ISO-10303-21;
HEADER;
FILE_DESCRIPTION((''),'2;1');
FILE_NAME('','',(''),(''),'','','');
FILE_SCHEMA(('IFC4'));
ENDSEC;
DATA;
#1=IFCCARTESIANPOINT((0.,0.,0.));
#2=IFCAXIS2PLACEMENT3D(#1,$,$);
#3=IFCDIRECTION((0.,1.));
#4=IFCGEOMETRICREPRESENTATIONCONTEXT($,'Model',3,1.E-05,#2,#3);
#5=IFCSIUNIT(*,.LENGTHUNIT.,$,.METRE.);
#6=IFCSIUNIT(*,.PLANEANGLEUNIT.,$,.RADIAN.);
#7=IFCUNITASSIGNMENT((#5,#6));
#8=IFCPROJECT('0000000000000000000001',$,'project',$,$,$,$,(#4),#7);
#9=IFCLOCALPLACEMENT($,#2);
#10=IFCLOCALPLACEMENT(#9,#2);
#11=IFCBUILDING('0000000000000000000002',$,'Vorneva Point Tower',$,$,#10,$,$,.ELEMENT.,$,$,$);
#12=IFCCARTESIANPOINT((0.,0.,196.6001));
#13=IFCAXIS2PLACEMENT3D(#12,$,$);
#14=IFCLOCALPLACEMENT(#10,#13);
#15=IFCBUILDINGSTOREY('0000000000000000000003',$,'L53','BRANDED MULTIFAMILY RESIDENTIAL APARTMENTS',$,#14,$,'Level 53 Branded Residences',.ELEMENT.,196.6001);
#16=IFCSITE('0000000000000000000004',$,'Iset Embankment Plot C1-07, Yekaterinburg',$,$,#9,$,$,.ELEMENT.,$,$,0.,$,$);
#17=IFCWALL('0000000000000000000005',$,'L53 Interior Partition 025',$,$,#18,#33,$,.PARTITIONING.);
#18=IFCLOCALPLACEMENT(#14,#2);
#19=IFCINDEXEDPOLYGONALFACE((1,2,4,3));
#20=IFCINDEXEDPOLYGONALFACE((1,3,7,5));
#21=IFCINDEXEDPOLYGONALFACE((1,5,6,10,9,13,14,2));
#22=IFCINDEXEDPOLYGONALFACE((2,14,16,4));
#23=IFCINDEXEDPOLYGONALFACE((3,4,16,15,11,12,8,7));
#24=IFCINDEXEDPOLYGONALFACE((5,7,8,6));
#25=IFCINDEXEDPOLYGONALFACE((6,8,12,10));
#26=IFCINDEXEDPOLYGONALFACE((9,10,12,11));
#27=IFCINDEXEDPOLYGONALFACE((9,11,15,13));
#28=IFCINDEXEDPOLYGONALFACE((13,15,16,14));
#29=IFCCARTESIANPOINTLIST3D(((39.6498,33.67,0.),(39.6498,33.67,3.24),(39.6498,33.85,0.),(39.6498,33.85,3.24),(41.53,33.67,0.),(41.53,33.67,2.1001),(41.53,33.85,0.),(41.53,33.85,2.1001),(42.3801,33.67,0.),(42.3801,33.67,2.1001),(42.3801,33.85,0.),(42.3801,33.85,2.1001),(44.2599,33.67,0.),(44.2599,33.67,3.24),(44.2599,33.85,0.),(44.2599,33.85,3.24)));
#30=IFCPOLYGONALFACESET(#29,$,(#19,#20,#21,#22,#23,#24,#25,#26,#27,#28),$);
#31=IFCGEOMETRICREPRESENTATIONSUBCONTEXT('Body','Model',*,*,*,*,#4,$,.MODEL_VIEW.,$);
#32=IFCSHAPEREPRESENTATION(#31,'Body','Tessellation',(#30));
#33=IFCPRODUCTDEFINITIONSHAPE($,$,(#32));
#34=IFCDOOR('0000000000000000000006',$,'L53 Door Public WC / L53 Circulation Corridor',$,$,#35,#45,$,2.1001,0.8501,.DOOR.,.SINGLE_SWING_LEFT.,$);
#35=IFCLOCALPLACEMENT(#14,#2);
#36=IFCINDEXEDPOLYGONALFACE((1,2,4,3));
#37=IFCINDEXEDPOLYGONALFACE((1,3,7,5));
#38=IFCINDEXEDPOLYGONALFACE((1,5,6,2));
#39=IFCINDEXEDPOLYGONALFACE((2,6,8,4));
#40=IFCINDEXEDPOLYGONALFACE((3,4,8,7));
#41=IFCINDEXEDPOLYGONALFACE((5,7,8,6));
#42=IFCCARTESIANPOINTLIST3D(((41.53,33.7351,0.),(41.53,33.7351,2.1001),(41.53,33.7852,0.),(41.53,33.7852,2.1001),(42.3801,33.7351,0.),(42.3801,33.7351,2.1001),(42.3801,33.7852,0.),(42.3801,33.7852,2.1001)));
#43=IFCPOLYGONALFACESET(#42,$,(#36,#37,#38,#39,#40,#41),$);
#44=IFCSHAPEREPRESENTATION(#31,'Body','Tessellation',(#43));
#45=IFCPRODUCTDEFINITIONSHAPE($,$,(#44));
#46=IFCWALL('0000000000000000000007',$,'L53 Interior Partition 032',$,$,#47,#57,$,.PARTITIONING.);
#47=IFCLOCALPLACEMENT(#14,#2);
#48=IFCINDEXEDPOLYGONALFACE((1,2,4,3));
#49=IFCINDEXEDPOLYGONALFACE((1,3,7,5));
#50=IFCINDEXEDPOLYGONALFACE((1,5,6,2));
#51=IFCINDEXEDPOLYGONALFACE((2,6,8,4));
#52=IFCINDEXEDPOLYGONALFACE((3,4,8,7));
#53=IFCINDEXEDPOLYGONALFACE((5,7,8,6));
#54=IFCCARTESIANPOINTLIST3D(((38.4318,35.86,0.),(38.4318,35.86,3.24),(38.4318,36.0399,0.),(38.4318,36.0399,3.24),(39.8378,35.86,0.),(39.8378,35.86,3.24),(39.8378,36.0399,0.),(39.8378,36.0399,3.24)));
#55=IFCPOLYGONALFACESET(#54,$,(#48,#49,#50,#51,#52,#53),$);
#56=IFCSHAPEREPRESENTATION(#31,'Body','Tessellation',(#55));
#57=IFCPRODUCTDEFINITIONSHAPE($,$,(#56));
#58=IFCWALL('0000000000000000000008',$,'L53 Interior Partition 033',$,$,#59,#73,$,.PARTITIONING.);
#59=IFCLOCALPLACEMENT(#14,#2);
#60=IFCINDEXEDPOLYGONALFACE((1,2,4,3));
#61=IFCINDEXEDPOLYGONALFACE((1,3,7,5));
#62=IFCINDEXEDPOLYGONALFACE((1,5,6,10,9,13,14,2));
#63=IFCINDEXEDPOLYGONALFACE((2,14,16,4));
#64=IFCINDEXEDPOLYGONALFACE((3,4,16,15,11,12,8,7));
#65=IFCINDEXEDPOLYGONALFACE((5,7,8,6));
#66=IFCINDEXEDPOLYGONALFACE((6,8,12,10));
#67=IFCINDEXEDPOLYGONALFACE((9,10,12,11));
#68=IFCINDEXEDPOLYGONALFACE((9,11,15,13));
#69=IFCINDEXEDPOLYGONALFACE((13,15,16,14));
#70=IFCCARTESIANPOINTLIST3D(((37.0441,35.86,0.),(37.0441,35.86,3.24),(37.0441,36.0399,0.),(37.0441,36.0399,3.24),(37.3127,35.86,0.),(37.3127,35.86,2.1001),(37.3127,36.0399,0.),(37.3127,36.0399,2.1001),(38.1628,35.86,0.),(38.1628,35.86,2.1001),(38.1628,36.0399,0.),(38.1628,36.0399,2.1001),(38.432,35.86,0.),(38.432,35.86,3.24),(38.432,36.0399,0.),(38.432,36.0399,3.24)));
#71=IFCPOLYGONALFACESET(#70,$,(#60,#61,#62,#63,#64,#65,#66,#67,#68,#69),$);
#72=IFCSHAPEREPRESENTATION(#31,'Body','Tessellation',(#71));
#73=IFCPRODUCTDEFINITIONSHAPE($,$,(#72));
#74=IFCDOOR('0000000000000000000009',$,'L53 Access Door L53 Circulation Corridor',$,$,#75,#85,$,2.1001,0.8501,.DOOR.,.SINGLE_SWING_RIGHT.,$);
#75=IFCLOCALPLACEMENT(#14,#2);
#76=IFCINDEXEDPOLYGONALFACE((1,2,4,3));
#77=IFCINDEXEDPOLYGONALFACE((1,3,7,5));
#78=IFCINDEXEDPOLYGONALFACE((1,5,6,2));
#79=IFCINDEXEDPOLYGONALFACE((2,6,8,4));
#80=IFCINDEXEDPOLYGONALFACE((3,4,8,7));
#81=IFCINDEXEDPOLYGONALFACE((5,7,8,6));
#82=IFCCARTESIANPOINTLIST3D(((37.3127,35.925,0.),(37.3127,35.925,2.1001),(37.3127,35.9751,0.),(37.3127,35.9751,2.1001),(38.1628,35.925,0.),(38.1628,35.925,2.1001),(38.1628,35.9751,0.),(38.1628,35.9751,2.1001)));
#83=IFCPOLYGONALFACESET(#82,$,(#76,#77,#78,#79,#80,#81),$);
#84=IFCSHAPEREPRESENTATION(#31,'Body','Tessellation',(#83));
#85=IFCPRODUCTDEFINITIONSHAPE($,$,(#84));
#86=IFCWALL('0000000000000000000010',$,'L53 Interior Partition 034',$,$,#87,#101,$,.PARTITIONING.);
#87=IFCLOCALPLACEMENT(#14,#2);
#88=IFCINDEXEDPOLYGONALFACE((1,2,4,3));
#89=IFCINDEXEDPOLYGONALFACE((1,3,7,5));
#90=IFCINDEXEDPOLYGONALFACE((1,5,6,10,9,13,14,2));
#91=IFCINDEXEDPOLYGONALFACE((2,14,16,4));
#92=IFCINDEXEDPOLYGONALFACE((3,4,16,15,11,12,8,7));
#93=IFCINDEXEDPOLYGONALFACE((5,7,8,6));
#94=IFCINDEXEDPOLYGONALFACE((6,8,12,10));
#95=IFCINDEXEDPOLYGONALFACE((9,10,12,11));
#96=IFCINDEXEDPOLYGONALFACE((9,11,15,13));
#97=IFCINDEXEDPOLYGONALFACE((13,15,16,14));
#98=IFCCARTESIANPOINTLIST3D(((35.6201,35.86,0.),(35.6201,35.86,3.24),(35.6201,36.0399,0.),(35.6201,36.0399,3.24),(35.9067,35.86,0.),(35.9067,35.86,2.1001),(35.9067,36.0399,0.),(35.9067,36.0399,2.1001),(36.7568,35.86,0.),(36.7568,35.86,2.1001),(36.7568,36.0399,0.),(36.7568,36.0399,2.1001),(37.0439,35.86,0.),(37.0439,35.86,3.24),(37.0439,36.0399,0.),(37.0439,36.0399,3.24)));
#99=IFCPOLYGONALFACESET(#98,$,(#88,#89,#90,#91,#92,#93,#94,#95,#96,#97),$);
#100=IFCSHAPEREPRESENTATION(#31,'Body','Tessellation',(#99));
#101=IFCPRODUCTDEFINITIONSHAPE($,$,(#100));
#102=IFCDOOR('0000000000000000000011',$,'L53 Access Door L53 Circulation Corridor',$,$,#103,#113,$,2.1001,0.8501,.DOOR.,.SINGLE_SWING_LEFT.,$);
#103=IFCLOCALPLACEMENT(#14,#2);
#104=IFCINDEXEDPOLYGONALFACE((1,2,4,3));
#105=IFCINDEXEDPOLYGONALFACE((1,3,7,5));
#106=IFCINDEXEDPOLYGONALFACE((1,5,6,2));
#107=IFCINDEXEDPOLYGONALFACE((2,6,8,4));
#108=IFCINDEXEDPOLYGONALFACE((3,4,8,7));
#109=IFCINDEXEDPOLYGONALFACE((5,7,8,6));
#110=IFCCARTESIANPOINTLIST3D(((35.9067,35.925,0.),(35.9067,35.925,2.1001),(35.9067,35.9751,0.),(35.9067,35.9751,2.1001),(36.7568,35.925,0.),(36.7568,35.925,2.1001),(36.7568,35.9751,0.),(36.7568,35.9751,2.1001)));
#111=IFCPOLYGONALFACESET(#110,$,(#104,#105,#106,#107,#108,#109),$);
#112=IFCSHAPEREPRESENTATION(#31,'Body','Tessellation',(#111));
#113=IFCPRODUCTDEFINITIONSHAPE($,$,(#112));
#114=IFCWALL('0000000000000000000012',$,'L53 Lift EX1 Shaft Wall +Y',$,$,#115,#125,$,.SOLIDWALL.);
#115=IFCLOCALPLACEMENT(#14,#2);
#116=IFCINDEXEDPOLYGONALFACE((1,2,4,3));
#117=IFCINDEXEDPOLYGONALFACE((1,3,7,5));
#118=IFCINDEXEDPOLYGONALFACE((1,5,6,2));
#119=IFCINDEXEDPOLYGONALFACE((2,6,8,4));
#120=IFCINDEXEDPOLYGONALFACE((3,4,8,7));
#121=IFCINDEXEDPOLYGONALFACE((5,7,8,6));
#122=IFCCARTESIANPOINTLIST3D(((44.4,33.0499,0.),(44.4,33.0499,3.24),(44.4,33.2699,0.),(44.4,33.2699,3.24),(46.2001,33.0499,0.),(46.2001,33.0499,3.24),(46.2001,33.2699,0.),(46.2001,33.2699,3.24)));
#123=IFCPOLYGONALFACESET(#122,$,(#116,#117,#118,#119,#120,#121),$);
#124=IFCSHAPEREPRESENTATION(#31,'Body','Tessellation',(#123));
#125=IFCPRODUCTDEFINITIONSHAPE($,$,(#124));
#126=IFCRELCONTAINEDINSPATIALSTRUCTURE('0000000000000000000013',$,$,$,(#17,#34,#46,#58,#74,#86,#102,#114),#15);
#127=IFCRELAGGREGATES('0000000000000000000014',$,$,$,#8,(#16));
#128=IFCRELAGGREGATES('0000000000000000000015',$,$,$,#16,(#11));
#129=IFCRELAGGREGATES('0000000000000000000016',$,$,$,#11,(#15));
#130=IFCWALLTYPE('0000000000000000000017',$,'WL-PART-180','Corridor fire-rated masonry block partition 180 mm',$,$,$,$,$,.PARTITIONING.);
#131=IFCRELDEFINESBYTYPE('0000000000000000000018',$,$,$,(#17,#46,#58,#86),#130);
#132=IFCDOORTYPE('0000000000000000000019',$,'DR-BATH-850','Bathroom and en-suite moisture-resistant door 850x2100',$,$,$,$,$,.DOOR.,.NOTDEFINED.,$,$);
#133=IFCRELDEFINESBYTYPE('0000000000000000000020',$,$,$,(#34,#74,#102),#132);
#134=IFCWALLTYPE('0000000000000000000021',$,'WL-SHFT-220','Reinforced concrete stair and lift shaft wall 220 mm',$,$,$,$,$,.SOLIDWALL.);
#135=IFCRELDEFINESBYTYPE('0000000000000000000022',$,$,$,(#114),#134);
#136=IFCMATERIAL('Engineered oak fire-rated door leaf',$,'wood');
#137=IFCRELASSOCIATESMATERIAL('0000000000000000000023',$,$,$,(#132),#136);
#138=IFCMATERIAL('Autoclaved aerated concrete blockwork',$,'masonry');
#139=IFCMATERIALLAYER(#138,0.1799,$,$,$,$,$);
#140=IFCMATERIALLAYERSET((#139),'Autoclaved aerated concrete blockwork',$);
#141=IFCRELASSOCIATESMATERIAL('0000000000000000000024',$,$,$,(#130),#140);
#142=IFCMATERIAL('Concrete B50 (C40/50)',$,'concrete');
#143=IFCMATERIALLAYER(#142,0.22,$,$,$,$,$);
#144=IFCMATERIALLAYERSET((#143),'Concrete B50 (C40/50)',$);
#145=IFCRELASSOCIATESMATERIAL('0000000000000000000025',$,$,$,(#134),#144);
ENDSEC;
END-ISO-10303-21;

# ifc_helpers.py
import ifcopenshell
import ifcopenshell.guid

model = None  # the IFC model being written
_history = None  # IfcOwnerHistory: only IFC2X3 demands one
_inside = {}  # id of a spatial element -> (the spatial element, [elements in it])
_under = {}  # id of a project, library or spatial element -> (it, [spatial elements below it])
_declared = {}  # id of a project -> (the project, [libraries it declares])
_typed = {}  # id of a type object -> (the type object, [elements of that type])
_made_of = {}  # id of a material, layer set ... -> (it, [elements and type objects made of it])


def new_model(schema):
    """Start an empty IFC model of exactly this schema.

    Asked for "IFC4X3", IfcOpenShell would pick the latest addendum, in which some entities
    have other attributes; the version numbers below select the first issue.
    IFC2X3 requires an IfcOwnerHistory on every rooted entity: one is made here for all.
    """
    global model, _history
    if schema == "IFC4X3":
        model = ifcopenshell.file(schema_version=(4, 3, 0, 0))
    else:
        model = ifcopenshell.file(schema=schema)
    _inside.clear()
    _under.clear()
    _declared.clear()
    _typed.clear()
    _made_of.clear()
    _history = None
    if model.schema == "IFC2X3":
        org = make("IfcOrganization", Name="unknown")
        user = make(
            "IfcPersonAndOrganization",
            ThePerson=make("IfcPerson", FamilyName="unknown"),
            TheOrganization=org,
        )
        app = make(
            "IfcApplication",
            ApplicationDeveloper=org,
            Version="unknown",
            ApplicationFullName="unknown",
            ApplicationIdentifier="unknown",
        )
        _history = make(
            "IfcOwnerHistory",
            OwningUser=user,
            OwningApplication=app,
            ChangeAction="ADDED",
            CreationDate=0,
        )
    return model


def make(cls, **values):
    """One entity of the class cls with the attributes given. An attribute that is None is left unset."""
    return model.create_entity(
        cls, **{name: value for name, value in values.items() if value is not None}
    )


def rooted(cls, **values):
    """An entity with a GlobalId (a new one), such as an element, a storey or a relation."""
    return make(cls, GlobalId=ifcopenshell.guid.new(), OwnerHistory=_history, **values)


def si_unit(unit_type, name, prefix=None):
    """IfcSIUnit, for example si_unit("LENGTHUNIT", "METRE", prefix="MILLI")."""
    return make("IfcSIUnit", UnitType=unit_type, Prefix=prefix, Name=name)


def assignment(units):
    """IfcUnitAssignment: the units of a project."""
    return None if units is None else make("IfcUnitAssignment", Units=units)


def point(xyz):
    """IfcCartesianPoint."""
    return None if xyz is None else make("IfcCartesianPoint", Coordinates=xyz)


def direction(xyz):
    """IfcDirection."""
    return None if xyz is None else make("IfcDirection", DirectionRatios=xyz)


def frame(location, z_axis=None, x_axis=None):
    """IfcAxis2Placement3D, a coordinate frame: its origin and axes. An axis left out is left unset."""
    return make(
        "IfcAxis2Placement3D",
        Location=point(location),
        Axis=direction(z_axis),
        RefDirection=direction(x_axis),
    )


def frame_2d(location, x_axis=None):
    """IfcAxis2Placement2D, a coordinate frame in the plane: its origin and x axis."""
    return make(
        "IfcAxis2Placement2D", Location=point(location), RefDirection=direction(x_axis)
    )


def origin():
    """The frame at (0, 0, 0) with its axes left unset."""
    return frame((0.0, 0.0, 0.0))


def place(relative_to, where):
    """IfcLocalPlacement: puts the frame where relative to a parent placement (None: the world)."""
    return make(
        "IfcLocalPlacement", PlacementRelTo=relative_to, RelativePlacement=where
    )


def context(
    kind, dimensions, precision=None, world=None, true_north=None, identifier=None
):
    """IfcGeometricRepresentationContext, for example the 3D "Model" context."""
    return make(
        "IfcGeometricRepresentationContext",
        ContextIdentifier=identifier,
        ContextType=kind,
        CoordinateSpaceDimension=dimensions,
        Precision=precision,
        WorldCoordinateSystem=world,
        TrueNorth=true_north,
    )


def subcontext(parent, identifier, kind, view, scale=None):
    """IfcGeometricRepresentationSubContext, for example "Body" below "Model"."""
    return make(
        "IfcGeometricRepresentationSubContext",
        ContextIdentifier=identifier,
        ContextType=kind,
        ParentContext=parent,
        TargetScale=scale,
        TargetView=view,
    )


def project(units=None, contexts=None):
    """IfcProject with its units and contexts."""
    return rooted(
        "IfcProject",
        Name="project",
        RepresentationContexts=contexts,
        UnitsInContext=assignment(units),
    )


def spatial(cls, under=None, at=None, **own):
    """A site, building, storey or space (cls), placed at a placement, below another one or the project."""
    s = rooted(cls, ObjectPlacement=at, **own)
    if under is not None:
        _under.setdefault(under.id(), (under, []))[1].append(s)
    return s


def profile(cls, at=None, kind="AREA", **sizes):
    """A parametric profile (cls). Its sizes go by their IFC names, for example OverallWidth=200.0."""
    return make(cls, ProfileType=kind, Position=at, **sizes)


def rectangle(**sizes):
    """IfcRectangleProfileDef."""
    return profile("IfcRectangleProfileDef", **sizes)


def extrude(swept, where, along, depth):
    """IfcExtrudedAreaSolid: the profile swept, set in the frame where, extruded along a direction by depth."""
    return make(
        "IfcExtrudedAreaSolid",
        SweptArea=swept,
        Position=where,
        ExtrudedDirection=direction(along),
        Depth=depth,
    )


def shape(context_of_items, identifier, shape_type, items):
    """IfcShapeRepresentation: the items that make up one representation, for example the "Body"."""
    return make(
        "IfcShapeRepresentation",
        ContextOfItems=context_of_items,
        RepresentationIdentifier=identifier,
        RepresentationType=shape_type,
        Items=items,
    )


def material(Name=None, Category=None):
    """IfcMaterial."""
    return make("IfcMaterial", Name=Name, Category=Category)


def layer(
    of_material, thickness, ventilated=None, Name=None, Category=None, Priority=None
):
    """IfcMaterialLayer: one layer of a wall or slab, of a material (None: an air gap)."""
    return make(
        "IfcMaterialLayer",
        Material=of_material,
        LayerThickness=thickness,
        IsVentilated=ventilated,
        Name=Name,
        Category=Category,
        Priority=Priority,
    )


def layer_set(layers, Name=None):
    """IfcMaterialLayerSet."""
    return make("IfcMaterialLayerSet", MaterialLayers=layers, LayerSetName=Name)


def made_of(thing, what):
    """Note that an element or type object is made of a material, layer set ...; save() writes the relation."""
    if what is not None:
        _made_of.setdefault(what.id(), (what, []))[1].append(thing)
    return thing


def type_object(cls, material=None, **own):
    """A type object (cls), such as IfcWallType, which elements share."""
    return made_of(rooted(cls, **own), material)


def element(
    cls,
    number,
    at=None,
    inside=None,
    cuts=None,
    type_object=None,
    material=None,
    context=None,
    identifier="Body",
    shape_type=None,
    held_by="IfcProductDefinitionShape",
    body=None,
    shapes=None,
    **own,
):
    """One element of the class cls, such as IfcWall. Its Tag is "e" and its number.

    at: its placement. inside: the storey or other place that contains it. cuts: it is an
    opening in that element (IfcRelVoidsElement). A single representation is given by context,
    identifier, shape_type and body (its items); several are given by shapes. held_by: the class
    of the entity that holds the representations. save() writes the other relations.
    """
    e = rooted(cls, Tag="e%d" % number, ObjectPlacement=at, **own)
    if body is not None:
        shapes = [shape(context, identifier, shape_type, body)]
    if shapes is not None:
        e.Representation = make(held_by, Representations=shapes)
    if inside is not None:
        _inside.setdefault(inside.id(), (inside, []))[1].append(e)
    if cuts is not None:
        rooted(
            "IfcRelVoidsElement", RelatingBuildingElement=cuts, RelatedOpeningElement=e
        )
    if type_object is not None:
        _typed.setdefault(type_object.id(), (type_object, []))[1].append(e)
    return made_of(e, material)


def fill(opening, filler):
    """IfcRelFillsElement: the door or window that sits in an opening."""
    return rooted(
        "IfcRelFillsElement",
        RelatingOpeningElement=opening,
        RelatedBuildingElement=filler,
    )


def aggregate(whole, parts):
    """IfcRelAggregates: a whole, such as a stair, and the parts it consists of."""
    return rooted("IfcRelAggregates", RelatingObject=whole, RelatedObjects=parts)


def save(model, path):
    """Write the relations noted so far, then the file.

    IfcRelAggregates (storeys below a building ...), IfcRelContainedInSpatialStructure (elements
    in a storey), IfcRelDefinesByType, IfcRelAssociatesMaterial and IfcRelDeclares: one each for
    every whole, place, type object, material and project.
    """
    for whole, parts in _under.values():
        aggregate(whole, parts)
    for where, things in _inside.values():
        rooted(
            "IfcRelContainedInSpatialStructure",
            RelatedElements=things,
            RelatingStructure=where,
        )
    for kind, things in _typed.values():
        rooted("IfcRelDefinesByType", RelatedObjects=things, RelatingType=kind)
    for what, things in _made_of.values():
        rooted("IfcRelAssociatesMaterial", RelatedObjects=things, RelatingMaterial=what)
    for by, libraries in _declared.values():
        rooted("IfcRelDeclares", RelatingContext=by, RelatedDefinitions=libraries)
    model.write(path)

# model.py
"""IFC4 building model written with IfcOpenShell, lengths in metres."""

from ifc_helpers import new_model, si_unit, direction, frame, frame_2d, origin, place, context, subcontext, project, spatial, rectangle, extrude, material, layer, layer_set, type_object, element, fill, save


model = new_model("IFC4")

# Units and contexts
model_context = context("Model", 3, precision=1e-05, world=origin(), true_north=direction((0.0, 1.0)))
body_context = subcontext(model_context, "Body", "Model", "MODEL_VIEW")
ifc_project = project(units=[si_unit("LENGTHUNIT", "METRE"), si_unit("PLANEANGLEUNIT", "RADIAN")], contexts=[model_context])

# Site, building, storey
site_placement = place(None, origin())
site = spatial("IfcSite", under=ifc_project, at=site_placement, Name="Iset Embankment Plot C1-07, Yekaterinburg", CompositionType="ELEMENT", RefElevation=0.0)
building_placement = place(site_placement, origin())
building = spatial("IfcBuilding", under=site, at=building_placement, Name="Vorneva Point Tower", CompositionType="ELEMENT")
storey_placement = place(building_placement, frame((0.0, 0.0, 196.6001)))
storey = spatial("IfcBuildingStorey", under=building, at=storey_placement, Name="L53", Description="BRANDED MULTIFAMILY RESIDENTIAL APARTMENTS", LongName="Level 53 Branded Residences", CompositionType="ELEMENT", Elevation=196.6001)

# Shared definitions
ifc_material_1 = material(Name="Concrete B50 (C40/50)", Category="concrete")

# Shared definitions
ifc_material_2 = material(Name="Engineered oak fire-rated door leaf", Category="wood")
door_type_1 = type_object("IfcDoorType", Name="DR-BATH-850", Description="Bathroom and en-suite moisture-resistant door 850x2100", OperationType="NOTDEFINED", PredefinedType="DOOR", material=ifc_material_2)

# Wall, opening, door
ifc_material_3 = material(Name="Autoclaved aerated concrete blockwork", Category="masonry")
ifc_layer_1 = layer(ifc_material_3, 0.1799)
ifc_layer_set_1 = layer_set([ifc_layer_1], Name="Autoclaved aerated concrete blockwork")
wall_type_1 = type_object("IfcWallType", Name="WL-PART-180", Description="Corridor fire-rated masonry block partition 180 mm", PredefinedType="PARTITIONING", material=ifc_layer_set_1)
wall_1_placement = place(storey_placement, frame((44.26, 33.76, 0.0), z_axis=(0.0, 0.0, 1.0), x_axis=(-1.0, 0.0, 0.0)))
wall_1 = element("IfcWall", 1, at=wall_1_placement, inside=storey, type_object=wall_type_1, Name="L53 Interior Partition 025", PredefinedType="PARTITIONING", context=body_context, shape_type="SweptSolid", body=[
    extrude(rectangle(XDim=4.6101, YDim=0.1799, at=frame_2d((2.3052, 0.0))), origin(), (0.0, 0.0, 1.0), 3.24),
])
opening_1_placement = place(wall_1_placement, frame((1.8799, 0.0, 0.0)))
opening_1 = element("IfcOpeningElement", 2, at=opening_1_placement, cuts=wall_1, PredefinedType="OPENING", context=body_context, shape_type="SweptSolid", body=[
    extrude(rectangle(XDim=0.8501, YDim=2.1001, at=frame_2d((0.425, 1.05))), frame((0.0, 0.105, 0.0), z_axis=(0.0, -1.0, 0.0), x_axis=(1.0, 0.0, 0.0)), (0.0, 0.0, 1.0), 0.2097),
])
door_1_placement = place(opening_1_placement, origin())
door_1 = element("IfcDoor", 3, at=door_1_placement, inside=storey, type_object=door_type_1, Name="L53 Door Public WC / L53 Circulation Corridor", OperationType="SINGLE_SWING_LEFT", OverallHeight=2.1001, OverallWidth=0.8501, PredefinedType="DOOR", context=body_context, shape_type="SweptSolid", body=[
    extrude(rectangle(XDim=0.8501, YDim=2.1001, at=frame_2d((0.425, 1.05))), frame((0.0, 0.0249, 0.0), z_axis=(0.0, -1.0, 0.0), x_axis=(1.0, 0.0, 0.0)), (0.0, 0.0, 1.0), 0.05),
])
fill(opening_1, door_1)

# Wall
wall_2_placement = place(storey_placement, frame((39.8379, 35.95, 0.0), z_axis=(0.0, 0.0, 1.0), x_axis=(-1.0, 0.0, 0.0)))
element("IfcWall", 4, at=wall_2_placement, inside=storey, type_object=wall_type_1, Name="L53 Interior Partition 032", PredefinedType="PARTITIONING", context=body_context, shape_type="SweptSolid", body=[
    extrude(rectangle(XDim=1.406, YDim=0.1799, at=frame_2d((0.7031, 0.0))), origin(), (0.0, 0.0, 1.0), 3.24),
])

# Walls, openings, doors
wall_3_placement = place(storey_placement, frame((38.4319, 35.95, 0.0), z_axis=(0.0, 0.0, 1.0), x_axis=(-1.0, 0.0, 0.0)))
wall_3 = element("IfcWall", 5, at=wall_3_placement, inside=storey, type_object=wall_type_1, Name="L53 Interior Partition 033", PredefinedType="PARTITIONING", context=body_context, shape_type="SweptSolid", body=[
    extrude(rectangle(XDim=1.3879, YDim=0.1799, at=frame_2d((0.6938, 0.0))), origin(), (0.0, 0.0, 1.0), 3.24),
])
opening_2_placement = place(wall_3_placement, frame((0.269, 0.0, 0.0)))
opening_2 = element("IfcOpeningElement", 6, at=opening_2_placement, cuts=wall_3, PredefinedType="OPENING", context=body_context, shape_type="SweptSolid", body=[
    extrude(rectangle(XDim=0.8501, YDim=2.1001, at=frame_2d((0.425, 1.05))), frame((0.0, 0.105, 0.0), z_axis=(0.0, -1.0, 0.0), x_axis=(1.0, 0.0, 0.0)), (0.0, 0.0, 1.0), 0.2097),
])
door_2_placement = place(opening_2_placement, origin())
door_2 = element("IfcDoor", 7, at=door_2_placement, inside=storey, type_object=door_type_1, Name="L53 Access Door L53 Circulation Corridor", OperationType="SINGLE_SWING_RIGHT", OverallHeight=2.1001, OverallWidth=0.8501, PredefinedType="DOOR", context=body_context, shape_type="SweptSolid", body=[
    extrude(rectangle(XDim=0.8501, YDim=2.1001, at=frame_2d((0.425, 1.05))), frame((0.0, 0.0249, 0.0), z_axis=(0.0, -1.0, 0.0), x_axis=(1.0, 0.0, 0.0)), (0.0, 0.0, 1.0), 0.05),
])
fill(opening_2, door_2)
wall_4_placement = place(storey_placement, frame((37.0439, 35.95, 0.0), z_axis=(0.0, 0.0, 1.0), x_axis=(-1.0, 0.0, 0.0)))
wall_4 = element("IfcWall", 8, at=wall_4_placement, inside=storey, type_object=wall_type_1, Name="L53 Interior Partition 034", PredefinedType="PARTITIONING", context=body_context, shape_type="SweptSolid", body=[
    extrude(rectangle(XDim=1.4238, YDim=0.1799, at=frame_2d((0.7119, 0.0))), origin(), (0.0, 0.0, 1.0), 3.24),
])
opening_3_placement = place(wall_4_placement, frame((0.2871, 0.0, 0.0)))
opening_3 = element("IfcOpeningElement", 9, at=opening_3_placement, cuts=wall_4, PredefinedType="OPENING", context=body_context, shape_type="SweptSolid", body=[
    extrude(rectangle(XDim=0.8501, YDim=2.1001, at=frame_2d((0.425, 1.05))), frame((0.0, 0.105, 0.0), z_axis=(0.0, -1.0, 0.0), x_axis=(1.0, 0.0, 0.0)), (0.0, 0.0, 1.0), 0.2097),
])
door_3_placement = place(opening_3_placement, origin())
door_3 = element("IfcDoor", 10, at=door_3_placement, inside=storey, type_object=door_type_1, Name="L53 Access Door L53 Circulation Corridor", OperationType="SINGLE_SWING_LEFT", OverallHeight=2.1001, OverallWidth=0.8501, PredefinedType="DOOR", context=body_context, shape_type="SweptSolid", body=[
    extrude(rectangle(XDim=0.8501, YDim=2.1001, at=frame_2d((0.425, 1.05))), frame((0.0, 0.0249, 0.0), z_axis=(0.0, -1.0, 0.0), x_axis=(1.0, 0.0, 0.0)), (0.0, 0.0, 1.0), 0.05),
])
fill(opening_3, door_3)

# Wall
ifc_layer_2 = layer(ifc_material_1, 0.22)
ifc_layer_set_2 = layer_set([ifc_layer_2], Name="Concrete B50 (C40/50)")
wall_type_2 = type_object("IfcWallType", Name="WL-SHFT-220", Description="Reinforced concrete stair and lift shaft wall 220 mm", PredefinedType="SOLIDWALL", material=ifc_layer_set_2)
wall_5_placement = place(storey_placement, frame((46.2, 33.1599, 0.0), z_axis=(0.0, 0.0, 1.0), x_axis=(-1.0, 0.0, 0.0)))
element("IfcWall", 11, at=wall_5_placement, inside=storey, type_object=wall_type_2, Name="L53 Lift EX1 Shaft Wall +Y", PredefinedType="SOLIDWALL", context=body_context, shape_type="SweptSolid", body=[
    extrude(rectangle(XDim=1.8, YDim=0.22, at=frame_2d((0.8999, 0.0))), origin(), (0.0, 0.0, 1.0), 3.24),
])

save(model, "model.ifc")
